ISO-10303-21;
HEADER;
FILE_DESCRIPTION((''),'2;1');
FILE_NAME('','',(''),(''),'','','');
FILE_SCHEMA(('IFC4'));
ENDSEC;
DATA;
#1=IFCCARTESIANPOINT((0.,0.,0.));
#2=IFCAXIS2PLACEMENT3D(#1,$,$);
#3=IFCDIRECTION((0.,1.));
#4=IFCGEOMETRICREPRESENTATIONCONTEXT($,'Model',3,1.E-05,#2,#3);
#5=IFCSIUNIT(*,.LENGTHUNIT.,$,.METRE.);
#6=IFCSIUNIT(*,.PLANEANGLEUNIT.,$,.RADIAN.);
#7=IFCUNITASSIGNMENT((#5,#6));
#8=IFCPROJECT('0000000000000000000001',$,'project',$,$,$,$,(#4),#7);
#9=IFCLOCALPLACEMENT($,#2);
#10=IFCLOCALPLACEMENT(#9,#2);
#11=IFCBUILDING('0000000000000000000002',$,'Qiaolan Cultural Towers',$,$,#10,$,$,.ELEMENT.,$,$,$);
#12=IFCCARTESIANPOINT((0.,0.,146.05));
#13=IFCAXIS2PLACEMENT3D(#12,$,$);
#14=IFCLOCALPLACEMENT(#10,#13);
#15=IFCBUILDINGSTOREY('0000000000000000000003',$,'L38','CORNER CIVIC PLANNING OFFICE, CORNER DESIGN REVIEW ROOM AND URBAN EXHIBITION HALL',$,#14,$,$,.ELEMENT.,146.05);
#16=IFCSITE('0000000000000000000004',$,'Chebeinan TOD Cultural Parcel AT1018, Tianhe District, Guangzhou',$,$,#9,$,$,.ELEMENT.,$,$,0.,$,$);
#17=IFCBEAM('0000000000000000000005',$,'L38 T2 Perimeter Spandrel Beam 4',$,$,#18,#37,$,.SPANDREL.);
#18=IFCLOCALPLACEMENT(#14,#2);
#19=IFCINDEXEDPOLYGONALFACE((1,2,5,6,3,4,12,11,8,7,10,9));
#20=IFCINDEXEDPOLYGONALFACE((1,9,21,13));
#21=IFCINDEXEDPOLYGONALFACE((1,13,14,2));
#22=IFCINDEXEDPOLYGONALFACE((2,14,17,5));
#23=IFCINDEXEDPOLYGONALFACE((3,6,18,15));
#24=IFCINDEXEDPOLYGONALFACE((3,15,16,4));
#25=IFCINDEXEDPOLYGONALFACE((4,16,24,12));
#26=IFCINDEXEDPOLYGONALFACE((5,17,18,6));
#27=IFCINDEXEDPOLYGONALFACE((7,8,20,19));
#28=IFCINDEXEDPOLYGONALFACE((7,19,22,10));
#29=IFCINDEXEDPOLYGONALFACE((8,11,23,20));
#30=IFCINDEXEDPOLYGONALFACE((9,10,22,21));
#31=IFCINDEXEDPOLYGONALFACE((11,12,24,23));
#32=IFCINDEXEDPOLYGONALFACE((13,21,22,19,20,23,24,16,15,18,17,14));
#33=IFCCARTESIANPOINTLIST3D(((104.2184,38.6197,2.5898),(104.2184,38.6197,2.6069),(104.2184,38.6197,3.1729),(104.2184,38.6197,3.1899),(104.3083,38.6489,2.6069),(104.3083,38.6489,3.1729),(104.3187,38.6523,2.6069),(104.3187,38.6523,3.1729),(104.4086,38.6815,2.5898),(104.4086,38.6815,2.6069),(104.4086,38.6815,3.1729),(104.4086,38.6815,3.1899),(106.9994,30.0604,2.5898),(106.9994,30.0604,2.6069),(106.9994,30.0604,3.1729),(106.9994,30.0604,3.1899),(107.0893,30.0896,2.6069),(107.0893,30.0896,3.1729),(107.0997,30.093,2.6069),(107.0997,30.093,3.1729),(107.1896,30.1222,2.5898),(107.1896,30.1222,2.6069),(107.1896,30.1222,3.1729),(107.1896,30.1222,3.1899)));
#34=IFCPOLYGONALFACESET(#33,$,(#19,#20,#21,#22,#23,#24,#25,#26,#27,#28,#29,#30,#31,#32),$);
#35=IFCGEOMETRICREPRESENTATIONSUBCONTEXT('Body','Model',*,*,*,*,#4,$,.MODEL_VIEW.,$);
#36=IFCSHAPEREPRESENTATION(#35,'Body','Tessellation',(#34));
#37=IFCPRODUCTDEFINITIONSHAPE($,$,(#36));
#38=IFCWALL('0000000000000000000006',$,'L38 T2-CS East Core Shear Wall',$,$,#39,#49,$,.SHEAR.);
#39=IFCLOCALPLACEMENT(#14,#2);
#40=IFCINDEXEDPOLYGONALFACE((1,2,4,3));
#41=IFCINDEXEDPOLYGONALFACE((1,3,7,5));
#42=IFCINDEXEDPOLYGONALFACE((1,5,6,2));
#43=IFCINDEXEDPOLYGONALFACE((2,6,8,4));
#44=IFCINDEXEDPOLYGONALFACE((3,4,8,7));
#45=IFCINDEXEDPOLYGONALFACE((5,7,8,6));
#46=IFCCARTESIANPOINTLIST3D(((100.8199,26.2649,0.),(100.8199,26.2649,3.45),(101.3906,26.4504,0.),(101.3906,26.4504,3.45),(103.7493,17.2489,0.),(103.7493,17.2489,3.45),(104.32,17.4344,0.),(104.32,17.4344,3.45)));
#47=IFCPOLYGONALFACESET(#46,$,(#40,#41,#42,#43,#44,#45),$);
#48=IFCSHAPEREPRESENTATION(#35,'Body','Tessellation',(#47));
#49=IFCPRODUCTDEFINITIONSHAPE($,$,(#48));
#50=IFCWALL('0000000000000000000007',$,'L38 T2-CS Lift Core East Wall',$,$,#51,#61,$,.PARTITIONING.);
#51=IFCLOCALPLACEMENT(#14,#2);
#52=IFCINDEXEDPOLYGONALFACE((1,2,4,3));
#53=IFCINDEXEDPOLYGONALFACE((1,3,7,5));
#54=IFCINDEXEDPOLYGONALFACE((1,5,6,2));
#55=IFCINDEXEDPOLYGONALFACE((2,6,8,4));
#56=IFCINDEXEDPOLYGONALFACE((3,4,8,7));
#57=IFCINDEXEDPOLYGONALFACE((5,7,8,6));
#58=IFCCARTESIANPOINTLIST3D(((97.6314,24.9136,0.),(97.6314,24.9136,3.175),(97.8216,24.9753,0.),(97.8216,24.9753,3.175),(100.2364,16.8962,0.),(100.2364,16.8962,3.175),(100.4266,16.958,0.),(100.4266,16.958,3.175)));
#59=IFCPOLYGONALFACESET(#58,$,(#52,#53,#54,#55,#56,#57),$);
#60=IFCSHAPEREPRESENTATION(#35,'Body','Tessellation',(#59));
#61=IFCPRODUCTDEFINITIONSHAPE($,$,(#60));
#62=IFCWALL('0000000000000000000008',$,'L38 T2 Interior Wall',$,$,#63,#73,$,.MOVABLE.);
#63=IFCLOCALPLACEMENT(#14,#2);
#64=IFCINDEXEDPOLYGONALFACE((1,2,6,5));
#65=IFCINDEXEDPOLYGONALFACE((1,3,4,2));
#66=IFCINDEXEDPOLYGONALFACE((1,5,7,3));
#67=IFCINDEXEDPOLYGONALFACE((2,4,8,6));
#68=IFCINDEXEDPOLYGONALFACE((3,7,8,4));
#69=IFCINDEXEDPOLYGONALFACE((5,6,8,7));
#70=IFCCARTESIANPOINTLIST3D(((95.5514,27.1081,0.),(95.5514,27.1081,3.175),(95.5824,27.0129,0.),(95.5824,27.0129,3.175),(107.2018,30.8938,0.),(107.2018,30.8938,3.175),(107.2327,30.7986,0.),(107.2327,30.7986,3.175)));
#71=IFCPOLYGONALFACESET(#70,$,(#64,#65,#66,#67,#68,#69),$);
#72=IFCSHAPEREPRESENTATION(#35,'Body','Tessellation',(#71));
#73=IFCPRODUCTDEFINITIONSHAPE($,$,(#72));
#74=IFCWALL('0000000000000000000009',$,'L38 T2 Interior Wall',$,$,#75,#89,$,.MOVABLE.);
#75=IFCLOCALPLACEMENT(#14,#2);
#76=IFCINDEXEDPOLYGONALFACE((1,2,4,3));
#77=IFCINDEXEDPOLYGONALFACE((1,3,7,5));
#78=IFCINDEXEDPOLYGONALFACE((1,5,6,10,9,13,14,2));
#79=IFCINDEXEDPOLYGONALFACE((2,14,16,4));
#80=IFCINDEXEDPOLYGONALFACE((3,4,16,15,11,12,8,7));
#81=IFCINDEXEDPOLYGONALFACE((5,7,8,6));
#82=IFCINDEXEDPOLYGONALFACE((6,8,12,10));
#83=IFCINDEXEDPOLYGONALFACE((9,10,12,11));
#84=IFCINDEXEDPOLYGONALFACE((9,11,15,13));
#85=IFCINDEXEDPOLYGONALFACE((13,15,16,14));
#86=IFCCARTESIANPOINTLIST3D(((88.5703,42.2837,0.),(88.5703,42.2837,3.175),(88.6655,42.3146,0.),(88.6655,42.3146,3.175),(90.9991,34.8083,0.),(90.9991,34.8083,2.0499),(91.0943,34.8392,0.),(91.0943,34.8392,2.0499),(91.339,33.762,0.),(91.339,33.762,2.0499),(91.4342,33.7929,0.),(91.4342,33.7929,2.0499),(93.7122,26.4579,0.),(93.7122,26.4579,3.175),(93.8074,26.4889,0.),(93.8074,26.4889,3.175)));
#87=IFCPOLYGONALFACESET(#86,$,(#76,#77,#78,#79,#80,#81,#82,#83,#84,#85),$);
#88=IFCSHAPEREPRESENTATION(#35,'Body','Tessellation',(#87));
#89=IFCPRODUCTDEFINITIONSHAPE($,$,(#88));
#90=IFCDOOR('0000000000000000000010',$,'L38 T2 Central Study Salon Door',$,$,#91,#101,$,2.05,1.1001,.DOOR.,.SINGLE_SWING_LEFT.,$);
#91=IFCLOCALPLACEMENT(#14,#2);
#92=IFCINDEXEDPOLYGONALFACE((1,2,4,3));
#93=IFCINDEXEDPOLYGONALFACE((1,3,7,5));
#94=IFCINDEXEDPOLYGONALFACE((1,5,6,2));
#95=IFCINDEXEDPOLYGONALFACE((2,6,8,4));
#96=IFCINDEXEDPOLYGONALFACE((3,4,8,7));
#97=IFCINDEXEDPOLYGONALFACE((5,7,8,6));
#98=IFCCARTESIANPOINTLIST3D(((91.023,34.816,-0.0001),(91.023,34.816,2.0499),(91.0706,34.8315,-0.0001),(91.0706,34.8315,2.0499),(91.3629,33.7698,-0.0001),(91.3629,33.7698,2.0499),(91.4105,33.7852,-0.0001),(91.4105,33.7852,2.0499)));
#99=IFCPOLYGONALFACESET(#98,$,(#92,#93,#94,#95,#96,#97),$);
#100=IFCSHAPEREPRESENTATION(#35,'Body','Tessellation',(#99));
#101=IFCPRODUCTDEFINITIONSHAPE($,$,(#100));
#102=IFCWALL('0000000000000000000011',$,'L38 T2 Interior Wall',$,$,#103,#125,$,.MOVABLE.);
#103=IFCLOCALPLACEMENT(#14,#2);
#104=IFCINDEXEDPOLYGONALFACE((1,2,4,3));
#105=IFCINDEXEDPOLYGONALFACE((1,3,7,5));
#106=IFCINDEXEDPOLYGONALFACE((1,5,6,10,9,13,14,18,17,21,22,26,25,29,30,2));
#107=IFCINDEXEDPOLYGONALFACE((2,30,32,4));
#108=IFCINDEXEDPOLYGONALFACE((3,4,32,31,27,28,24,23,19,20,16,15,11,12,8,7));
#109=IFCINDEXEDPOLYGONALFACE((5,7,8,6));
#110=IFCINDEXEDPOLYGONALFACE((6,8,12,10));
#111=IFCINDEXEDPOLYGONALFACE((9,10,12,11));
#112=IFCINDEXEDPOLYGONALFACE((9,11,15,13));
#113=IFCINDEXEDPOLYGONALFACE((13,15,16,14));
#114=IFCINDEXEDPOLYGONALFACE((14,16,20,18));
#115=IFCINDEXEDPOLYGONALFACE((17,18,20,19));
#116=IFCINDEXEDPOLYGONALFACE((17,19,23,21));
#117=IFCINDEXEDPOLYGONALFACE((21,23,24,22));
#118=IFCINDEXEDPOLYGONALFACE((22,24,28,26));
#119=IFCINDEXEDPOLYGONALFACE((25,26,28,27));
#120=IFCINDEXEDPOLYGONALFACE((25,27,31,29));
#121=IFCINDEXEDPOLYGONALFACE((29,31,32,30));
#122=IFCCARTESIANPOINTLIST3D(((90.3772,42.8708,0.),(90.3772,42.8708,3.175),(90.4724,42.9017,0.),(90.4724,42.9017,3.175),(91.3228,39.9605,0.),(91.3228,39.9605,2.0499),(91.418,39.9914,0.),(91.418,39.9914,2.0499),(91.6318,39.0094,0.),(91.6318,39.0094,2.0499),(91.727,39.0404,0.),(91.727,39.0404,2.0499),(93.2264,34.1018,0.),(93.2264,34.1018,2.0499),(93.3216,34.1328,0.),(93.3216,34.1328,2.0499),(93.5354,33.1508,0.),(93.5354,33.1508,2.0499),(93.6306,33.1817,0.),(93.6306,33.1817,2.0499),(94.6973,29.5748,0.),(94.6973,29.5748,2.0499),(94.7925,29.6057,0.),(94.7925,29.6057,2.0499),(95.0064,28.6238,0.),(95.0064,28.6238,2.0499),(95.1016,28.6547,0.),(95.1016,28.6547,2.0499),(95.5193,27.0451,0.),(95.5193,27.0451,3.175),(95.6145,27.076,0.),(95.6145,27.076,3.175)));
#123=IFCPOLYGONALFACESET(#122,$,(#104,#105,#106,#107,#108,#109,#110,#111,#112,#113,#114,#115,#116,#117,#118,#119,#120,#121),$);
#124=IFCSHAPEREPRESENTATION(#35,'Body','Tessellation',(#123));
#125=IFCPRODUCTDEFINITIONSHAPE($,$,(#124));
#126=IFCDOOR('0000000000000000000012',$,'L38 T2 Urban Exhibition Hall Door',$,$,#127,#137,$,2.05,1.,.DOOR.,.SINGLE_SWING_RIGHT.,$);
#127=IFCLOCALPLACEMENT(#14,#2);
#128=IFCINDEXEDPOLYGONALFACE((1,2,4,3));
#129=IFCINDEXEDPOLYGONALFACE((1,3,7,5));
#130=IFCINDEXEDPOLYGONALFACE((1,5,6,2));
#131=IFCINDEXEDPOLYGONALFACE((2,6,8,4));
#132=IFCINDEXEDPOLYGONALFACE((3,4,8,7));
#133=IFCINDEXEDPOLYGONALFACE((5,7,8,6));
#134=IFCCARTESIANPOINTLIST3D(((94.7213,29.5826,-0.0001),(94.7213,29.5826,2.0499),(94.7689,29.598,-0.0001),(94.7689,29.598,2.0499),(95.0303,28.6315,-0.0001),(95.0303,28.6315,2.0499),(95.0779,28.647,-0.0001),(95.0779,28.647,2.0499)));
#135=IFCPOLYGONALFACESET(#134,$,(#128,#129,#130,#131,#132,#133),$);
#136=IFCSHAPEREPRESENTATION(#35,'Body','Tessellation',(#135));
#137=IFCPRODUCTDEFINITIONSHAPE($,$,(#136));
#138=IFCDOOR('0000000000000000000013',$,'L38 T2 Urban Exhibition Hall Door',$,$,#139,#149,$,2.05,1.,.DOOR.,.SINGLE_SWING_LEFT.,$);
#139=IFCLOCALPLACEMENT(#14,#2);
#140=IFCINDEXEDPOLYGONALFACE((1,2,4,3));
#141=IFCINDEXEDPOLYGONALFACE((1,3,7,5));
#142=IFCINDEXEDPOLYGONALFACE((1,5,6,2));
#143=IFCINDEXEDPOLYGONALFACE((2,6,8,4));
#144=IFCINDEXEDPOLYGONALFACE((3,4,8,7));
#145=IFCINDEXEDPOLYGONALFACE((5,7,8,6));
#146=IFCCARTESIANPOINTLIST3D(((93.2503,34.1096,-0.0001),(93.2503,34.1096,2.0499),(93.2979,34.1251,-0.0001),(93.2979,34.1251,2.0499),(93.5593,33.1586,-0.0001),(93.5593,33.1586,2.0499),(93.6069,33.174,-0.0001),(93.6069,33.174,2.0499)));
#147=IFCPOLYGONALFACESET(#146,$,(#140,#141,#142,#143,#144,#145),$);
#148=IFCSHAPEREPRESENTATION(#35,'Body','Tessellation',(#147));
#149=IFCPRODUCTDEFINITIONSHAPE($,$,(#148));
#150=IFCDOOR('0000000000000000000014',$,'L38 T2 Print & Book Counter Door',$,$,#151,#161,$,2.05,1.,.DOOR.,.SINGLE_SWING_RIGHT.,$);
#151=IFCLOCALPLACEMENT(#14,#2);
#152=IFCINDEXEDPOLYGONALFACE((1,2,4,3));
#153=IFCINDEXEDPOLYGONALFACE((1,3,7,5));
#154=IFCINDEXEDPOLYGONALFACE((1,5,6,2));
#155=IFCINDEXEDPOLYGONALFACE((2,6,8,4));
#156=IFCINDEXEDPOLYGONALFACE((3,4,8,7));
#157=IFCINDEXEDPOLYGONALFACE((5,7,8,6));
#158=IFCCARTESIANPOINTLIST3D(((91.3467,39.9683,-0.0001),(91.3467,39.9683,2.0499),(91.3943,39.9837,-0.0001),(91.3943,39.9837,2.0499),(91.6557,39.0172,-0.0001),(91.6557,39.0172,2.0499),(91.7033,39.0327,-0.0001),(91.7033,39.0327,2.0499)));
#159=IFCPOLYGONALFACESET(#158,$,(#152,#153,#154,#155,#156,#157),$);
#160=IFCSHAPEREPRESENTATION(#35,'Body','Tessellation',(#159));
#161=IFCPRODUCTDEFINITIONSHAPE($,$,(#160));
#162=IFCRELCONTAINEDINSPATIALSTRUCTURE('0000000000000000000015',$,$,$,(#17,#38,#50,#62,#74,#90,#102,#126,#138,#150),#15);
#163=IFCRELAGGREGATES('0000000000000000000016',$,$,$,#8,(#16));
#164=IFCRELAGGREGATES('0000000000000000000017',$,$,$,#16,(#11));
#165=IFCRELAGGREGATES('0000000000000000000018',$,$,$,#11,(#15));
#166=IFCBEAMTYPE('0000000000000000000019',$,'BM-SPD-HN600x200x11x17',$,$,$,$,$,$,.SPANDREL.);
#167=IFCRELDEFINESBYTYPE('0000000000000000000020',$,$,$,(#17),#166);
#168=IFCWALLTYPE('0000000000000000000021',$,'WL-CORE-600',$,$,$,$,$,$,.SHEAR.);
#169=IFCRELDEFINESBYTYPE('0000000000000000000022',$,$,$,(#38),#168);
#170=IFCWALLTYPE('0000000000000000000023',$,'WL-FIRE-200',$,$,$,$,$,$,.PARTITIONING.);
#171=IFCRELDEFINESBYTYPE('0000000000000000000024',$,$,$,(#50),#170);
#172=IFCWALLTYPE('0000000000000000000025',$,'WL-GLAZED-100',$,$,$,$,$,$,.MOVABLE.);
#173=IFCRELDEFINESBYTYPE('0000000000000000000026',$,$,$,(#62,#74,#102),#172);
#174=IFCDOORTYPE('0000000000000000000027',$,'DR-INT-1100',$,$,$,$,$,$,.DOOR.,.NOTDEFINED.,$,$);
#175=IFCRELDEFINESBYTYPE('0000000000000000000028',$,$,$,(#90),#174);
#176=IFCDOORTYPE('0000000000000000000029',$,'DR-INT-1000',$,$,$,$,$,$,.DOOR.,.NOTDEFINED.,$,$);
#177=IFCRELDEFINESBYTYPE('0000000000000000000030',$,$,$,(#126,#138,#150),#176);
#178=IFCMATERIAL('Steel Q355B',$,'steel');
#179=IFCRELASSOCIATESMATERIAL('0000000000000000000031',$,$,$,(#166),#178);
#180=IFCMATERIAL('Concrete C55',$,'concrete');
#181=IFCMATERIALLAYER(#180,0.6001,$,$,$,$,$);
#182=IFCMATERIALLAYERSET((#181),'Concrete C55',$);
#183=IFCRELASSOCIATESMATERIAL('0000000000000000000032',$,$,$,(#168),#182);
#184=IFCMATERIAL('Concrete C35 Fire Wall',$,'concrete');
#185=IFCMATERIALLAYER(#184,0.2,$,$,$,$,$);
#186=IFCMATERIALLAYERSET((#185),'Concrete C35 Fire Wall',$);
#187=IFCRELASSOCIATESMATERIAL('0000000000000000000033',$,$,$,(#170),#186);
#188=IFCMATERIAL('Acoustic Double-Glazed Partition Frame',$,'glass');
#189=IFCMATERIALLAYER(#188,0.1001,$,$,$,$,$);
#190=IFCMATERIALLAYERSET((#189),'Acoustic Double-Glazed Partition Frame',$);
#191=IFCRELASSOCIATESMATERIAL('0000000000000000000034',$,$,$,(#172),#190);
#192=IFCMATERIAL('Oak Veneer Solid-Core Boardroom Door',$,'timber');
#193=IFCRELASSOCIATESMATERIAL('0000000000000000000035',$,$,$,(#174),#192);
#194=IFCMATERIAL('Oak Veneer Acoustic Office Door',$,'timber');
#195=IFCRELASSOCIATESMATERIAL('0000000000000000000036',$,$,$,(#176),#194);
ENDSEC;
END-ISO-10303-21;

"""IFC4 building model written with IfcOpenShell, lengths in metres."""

from ifc_helpers import new_model, si_unit, direction, frame, frame_2d, origin, origin_2d, place, context, subcontext, project, spatial, rectangle, i_section, extrude, material, layer, layer_set, material_profile, profile_set, type_object, element, fill, save


model = new_model("IFC4")

# Units and contexts
model_context = context("Model", 3, precision=1e-05, world=origin(), true_north=direction((0.0, 1.0)))
body_context = subcontext(model_context, "Body", "Model", "MODEL_VIEW")
ifc_project = project(units=[si_unit("LENGTHUNIT", "METRE"), si_unit("PLANEANGLEUNIT", "RADIAN")], contexts=[model_context])

# Site, building, storey
site_placement = place(None, origin())
site = spatial("IfcSite", under=ifc_project, at=site_placement, Name="Chebeinan TOD Cultural Parcel AT1018, Tianhe District, Guangzhou", CompositionType="ELEMENT", RefElevation=0.0)
building_placement = place(site_placement, origin())
building = spatial("IfcBuilding", under=site, at=building_placement, Name="Qiaolan Cultural Towers", CompositionType="ELEMENT")
storey_placement = place(building_placement, frame((0.0, 0.0, 146.05)))
storey = spatial("IfcBuildingStorey", under=building, at=storey_placement, Name="L38", Description="CORNER CIVIC PLANNING OFFICE, CORNER DESIGN REVIEW ROOM AND URBAN EXHIBITION HALL", CompositionType="ELEMENT", Elevation=146.05)

# Beam
ifc_material_1 = material(Name="Steel Q355B", Category="steel")
ifc_material_profile_1 = material_profile(ifc_material_1, i_section(OverallWidth=0.2, OverallDepth=0.6001, WebThickness=0.011, FlangeThickness=0.0171, at=origin_2d()), Name="HN600x200x11x17")
ifc_profile_set_1 = profile_set([ifc_material_profile_1], Name="Steel Q355B")
beam_type_1 = type_object("IfcBeamType", Name="BM-SPD-HN600x200x11x17", PredefinedType="SPANDREL", material=ifc_profile_set_1)
beam_1_placement = place(storey_placement, frame((107.0945, 30.0913, 2.8899), z_axis=(-0.309008, 0.951059, 0.0), x_axis=(-0.951059, -0.309008, 0.0)))
element("IfcBeam", 1, at=beam_1_placement, inside=storey, type_object=beam_type_1, Name="L38 T2 Perimeter Spandrel Beam 4", PredefinedType="SPANDREL", context=body_context, shape_type="SweptSolid", body=[
    extrude(i_section(OverallWidth=0.2, OverallDepth=0.6001, WebThickness=0.011, FlangeThickness=0.0171, at=origin_2d()), origin(), (0.0, 0.0, 1.0), 8.9998),
])

# Walls
ifc_material_2 = material(Name="Concrete C55", Category="concrete")
ifc_layer_1 = layer(ifc_material_2, 0.6001)
ifc_layer_set_1 = layer_set([ifc_layer_1], Name="Concrete C55")
wall_type_1 = type_object("IfcWallType", Name="WL-CORE-600", PredefinedType="SHEAR", material=ifc_layer_set_1)
wall_1_placement = place(storey_placement, frame((101.1052, 26.3577, 0.0), z_axis=(0.0, 0.0, 1.0), x_axis=(0.30901, -0.951059, 0.0)))
element("IfcWall", 2, at=wall_1_placement, inside=storey, type_object=wall_type_1, Name="L38 T2-CS East Core Shear Wall", PredefinedType="SHEAR", context=body_context, shape_type="SweptSolid", body=[
    extrude(rectangle(XDim=9.48, YDim=0.6001, at=frame_2d((4.74, 0.0))), origin(), (0.0, 0.0, 1.0), 3.45),
])
ifc_material_3 = material(Name="Concrete C35 Fire Wall", Category="concrete")
ifc_layer_2 = layer(ifc_material_3, 0.2)
ifc_layer_set_2 = layer_set([ifc_layer_2], Name="Concrete C35 Fire Wall")
wall_type_2 = type_object("IfcWallType", Name="WL-FIRE-200", PredefinedType="PARTITIONING", material=ifc_layer_set_2)
wall_2_placement = place(storey_placement, frame((97.7266, 24.9443, 0.0), z_axis=(0.0, 0.0, 1.0), x_axis=(0.309016, -0.951057, 0.0)))
element("IfcWall", 3, at=wall_2_placement, inside=storey, type_object=wall_type_2, Name="L38 T2-CS Lift Core East Wall", PredefinedType="PARTITIONING", context=body_context, shape_type="SweptSolid", body=[
    extrude(rectangle(XDim=8.4299, YDim=0.2, at=frame_2d((4.2148, 0.0))), origin(), (0.0, 0.0, 1.0), 3.175),
])
ifc_material_4 = material(Name="Acoustic Double-Glazed Partition Frame", Category="glass")
ifc_layer_3 = layer(ifc_material_4, 0.1001)
ifc_layer_set_3 = layer_set([ifc_layer_3], Name="Acoustic Double-Glazed Partition Frame")
wall_type_3 = type_object("IfcWallType", Name="WL-GLAZED-100", PredefinedType="MOVABLE", material=ifc_layer_set_3)
wall_3_placement = place(storey_placement, frame((95.5669, 27.0605, 0.0), z_axis=(0.0, 0.0, 1.0), x_axis=(0.951052, 0.309032, 0.0)))
element("IfcWall", 4, at=wall_3_placement, inside=storey, type_object=wall_type_3, Name="L38 T2 Interior Wall", PredefinedType="MOVABLE", context=body_context, shape_type="SweptSolid", body=[
    extrude(rectangle(XDim=12.25, YDim=0.1001, at=frame_2d((6.125, 0.0))), origin(), (0.0, 0.0, 1.0), 3.175),
])

# Wall, opening, door
wall_4_placement = place(storey_placement, frame((93.7598, 26.4734, 0.0), z_axis=(0.0, 0.0, 1.0), x_axis=(-0.309004, 0.951061, 0.0)))
wall_4 = element("IfcWall", 5, at=wall_4_placement, inside=storey, type_object=wall_type_3, Name="L38 T2 Interior Wall", PredefinedType="MOVABLE", context=body_context, shape_type="SweptSolid", body=[
    extrude(rectangle(XDim=16.6401, YDim=0.1001, at=frame_2d((8.3201, 0.0))), origin(), (0.0, 0.0, 1.0), 3.175),
])
opening_1_placement = place(wall_4_placement, frame((7.6799, 0.0, 0.0)))
opening_1 = element("IfcOpeningElement", 6, at=opening_1_placement, cuts=wall_4, PredefinedType="OPENING", context=body_context, shape_type="SweptSolid", body=[
    extrude(rectangle(XDim=1.1001, YDim=2.05, at=frame_2d((0.55, 1.0249))), frame((0.0, 0.0601, 0.0), z_axis=(0.0, -1.0, 0.0), x_axis=(1.0, 0.0, 0.0)), (0.0, 0.0, 1.0), 0.1201),
])
ifc_material_5 = material(Name="Oak Veneer Solid-Core Boardroom Door", Category="timber")
door_type_1 = type_object("IfcDoorType", Name="DR-INT-1100", OperationType="NOTDEFINED", PredefinedType="DOOR", material=ifc_material_5)
door_1_placement = place(opening_1_placement, origin())
door_1 = element("IfcDoor", 7, at=door_1_placement, inside=storey, type_object=door_type_1, Name="L38 T2 Central Study Salon Door", OperationType="SINGLE_SWING_LEFT", OverallHeight=2.05, OverallWidth=1.1001, PredefinedType="DOOR", context=body_context, shape_type="SweptSolid", body=[
    extrude(rectangle(XDim=1.1001, YDim=2.05, at=frame_2d((0.55, 1.0249))), frame((0.0, 0.0249, 0.0), z_axis=(0.0, -1.0, 0.0), x_axis=(1.0, 0.0, 0.0)), (0.0, 0.0, 1.0), 0.05),
])
fill(opening_1, door_1)

# Wall, openings, doors
wall_5_placement = place(storey_placement, frame((95.5669, 27.0605, 0.0), z_axis=(0.0, 0.0, 1.0), x_axis=(-0.309018, 0.951056, 0.0)))
wall_5 = element("IfcWall", 8, at=wall_5_placement, inside=storey, type_object=wall_type_3, Name="L38 T2 Interior Wall", PredefinedType="MOVABLE", context=body_context, shape_type="SweptSolid", body=[
    extrude(rectangle(XDim=16.6401, YDim=0.1001, at=frame_2d((8.3201, 0.0))), origin(), (0.0, 0.0, 1.0), 3.175),
])
opening_2_placement = place(wall_5_placement, frame((1.6599, 0.0, 0.0)))
opening_2 = element("IfcOpeningElement", 9, at=opening_2_placement, cuts=wall_5, PredefinedType="OPENING", context=body_context, shape_type="SweptSolid", body=[
    extrude(rectangle(XDim=1.0, YDim=2.05, at=frame_2d((0.5, 1.0249))), frame((0.0, 0.0601, 0.0), z_axis=(0.0, -1.0, 0.0), x_axis=(1.0, 0.0, 0.0)), (0.0, 0.0, 1.0), 0.1201),
])
opening_3_placement = place(wall_5_placement, frame((6.4199, 0.0, 0.0)))
opening_3 = element("IfcOpeningElement", 10, at=opening_3_placement, cuts=wall_5, PredefinedType="OPENING", context=body_context, shape_type="SweptSolid", body=[
    extrude(rectangle(XDim=1.0, YDim=2.05, at=frame_2d((0.5, 1.0249))), frame((0.0, 0.0601, 0.0), z_axis=(0.0, -1.0, 0.0), x_axis=(1.0, 0.0, 0.0)), (0.0, 0.0, 1.0), 0.1201),
])
opening_4_placement = place(wall_5_placement, frame((12.5801, 0.0, 0.0)))
opening_4 = element("IfcOpeningElement", 11, at=opening_4_placement, cuts=wall_5, PredefinedType="OPENING", context=body_context, shape_type="SweptSolid", body=[
    extrude(rectangle(XDim=1.0, YDim=2.05, at=frame_2d((0.5, 1.0249))), frame((0.0, 0.0601, 0.0), z_axis=(0.0, -1.0, 0.0), x_axis=(1.0, 0.0, 0.0)), (0.0, 0.0, 1.0), 0.1201),
])
ifc_material_6 = material(Name="Oak Veneer Acoustic Office Door", Category="timber")
door_type_2 = type_object("IfcDoorType", Name="DR-INT-1000", OperationType="NOTDEFINED", PredefinedType="DOOR", material=ifc_material_6)
door_2_placement = place(opening_2_placement, origin())
door_2 = element("IfcDoor", 12, at=door_2_placement, inside=storey, type_object=door_type_2, Name="L38 T2 Urban Exhibition Hall Door", OperationType="SINGLE_SWING_RIGHT", OverallHeight=2.05, OverallWidth=1.0, PredefinedType="DOOR", context=body_context, shape_type="SweptSolid", body=[
    extrude(rectangle(XDim=1.0, YDim=2.05, at=frame_2d((0.5, 1.0249))), frame((0.0, 0.0249, 0.0), z_axis=(0.0, -1.0, 0.0), x_axis=(1.0, 0.0, 0.0)), (0.0, 0.0, 1.0), 0.05),
])
fill(opening_2, door_2)
door_3_placement = place(opening_3_placement, origin())
door_3 = element("IfcDoor", 13, at=door_3_placement, inside=storey, type_object=door_type_2, Name="L38 T2 Urban Exhibition Hall Door", OperationType="SINGLE_SWING_LEFT", OverallHeight=2.05, OverallWidth=1.0, PredefinedType="DOOR", context=body_context, shape_type="SweptSolid", body=[
    extrude(rectangle(XDim=1.0, YDim=2.05, at=frame_2d((0.5, 1.0249))), frame((0.0, 0.0249, 0.0), z_axis=(0.0, -1.0, 0.0), x_axis=(1.0, 0.0, 0.0)), (0.0, 0.0, 1.0), 0.05),
])
fill(opening_3, door_3)
door_4_placement = place(opening_4_placement, origin())
door_4 = element("IfcDoor", 14, at=door_4_placement, inside=storey, type_object=door_type_2, Name="L38 T2 Print & Book Counter Door", OperationType="SINGLE_SWING_RIGHT", OverallHeight=2.05, OverallWidth=1.0, PredefinedType="DOOR", context=body_context, shape_type="SweptSolid", body=[
    extrude(rectangle(XDim=1.0, YDim=2.05, at=frame_2d((0.5, 1.0249))), frame((0.0, 0.0249, 0.0), z_axis=(0.0, -1.0, 0.0), x_axis=(1.0, 0.0, 0.0)), (0.0, 0.0, 1.0), 0.05),
])
fill(opening_4, door_4)

save(model, "model.ifc")
